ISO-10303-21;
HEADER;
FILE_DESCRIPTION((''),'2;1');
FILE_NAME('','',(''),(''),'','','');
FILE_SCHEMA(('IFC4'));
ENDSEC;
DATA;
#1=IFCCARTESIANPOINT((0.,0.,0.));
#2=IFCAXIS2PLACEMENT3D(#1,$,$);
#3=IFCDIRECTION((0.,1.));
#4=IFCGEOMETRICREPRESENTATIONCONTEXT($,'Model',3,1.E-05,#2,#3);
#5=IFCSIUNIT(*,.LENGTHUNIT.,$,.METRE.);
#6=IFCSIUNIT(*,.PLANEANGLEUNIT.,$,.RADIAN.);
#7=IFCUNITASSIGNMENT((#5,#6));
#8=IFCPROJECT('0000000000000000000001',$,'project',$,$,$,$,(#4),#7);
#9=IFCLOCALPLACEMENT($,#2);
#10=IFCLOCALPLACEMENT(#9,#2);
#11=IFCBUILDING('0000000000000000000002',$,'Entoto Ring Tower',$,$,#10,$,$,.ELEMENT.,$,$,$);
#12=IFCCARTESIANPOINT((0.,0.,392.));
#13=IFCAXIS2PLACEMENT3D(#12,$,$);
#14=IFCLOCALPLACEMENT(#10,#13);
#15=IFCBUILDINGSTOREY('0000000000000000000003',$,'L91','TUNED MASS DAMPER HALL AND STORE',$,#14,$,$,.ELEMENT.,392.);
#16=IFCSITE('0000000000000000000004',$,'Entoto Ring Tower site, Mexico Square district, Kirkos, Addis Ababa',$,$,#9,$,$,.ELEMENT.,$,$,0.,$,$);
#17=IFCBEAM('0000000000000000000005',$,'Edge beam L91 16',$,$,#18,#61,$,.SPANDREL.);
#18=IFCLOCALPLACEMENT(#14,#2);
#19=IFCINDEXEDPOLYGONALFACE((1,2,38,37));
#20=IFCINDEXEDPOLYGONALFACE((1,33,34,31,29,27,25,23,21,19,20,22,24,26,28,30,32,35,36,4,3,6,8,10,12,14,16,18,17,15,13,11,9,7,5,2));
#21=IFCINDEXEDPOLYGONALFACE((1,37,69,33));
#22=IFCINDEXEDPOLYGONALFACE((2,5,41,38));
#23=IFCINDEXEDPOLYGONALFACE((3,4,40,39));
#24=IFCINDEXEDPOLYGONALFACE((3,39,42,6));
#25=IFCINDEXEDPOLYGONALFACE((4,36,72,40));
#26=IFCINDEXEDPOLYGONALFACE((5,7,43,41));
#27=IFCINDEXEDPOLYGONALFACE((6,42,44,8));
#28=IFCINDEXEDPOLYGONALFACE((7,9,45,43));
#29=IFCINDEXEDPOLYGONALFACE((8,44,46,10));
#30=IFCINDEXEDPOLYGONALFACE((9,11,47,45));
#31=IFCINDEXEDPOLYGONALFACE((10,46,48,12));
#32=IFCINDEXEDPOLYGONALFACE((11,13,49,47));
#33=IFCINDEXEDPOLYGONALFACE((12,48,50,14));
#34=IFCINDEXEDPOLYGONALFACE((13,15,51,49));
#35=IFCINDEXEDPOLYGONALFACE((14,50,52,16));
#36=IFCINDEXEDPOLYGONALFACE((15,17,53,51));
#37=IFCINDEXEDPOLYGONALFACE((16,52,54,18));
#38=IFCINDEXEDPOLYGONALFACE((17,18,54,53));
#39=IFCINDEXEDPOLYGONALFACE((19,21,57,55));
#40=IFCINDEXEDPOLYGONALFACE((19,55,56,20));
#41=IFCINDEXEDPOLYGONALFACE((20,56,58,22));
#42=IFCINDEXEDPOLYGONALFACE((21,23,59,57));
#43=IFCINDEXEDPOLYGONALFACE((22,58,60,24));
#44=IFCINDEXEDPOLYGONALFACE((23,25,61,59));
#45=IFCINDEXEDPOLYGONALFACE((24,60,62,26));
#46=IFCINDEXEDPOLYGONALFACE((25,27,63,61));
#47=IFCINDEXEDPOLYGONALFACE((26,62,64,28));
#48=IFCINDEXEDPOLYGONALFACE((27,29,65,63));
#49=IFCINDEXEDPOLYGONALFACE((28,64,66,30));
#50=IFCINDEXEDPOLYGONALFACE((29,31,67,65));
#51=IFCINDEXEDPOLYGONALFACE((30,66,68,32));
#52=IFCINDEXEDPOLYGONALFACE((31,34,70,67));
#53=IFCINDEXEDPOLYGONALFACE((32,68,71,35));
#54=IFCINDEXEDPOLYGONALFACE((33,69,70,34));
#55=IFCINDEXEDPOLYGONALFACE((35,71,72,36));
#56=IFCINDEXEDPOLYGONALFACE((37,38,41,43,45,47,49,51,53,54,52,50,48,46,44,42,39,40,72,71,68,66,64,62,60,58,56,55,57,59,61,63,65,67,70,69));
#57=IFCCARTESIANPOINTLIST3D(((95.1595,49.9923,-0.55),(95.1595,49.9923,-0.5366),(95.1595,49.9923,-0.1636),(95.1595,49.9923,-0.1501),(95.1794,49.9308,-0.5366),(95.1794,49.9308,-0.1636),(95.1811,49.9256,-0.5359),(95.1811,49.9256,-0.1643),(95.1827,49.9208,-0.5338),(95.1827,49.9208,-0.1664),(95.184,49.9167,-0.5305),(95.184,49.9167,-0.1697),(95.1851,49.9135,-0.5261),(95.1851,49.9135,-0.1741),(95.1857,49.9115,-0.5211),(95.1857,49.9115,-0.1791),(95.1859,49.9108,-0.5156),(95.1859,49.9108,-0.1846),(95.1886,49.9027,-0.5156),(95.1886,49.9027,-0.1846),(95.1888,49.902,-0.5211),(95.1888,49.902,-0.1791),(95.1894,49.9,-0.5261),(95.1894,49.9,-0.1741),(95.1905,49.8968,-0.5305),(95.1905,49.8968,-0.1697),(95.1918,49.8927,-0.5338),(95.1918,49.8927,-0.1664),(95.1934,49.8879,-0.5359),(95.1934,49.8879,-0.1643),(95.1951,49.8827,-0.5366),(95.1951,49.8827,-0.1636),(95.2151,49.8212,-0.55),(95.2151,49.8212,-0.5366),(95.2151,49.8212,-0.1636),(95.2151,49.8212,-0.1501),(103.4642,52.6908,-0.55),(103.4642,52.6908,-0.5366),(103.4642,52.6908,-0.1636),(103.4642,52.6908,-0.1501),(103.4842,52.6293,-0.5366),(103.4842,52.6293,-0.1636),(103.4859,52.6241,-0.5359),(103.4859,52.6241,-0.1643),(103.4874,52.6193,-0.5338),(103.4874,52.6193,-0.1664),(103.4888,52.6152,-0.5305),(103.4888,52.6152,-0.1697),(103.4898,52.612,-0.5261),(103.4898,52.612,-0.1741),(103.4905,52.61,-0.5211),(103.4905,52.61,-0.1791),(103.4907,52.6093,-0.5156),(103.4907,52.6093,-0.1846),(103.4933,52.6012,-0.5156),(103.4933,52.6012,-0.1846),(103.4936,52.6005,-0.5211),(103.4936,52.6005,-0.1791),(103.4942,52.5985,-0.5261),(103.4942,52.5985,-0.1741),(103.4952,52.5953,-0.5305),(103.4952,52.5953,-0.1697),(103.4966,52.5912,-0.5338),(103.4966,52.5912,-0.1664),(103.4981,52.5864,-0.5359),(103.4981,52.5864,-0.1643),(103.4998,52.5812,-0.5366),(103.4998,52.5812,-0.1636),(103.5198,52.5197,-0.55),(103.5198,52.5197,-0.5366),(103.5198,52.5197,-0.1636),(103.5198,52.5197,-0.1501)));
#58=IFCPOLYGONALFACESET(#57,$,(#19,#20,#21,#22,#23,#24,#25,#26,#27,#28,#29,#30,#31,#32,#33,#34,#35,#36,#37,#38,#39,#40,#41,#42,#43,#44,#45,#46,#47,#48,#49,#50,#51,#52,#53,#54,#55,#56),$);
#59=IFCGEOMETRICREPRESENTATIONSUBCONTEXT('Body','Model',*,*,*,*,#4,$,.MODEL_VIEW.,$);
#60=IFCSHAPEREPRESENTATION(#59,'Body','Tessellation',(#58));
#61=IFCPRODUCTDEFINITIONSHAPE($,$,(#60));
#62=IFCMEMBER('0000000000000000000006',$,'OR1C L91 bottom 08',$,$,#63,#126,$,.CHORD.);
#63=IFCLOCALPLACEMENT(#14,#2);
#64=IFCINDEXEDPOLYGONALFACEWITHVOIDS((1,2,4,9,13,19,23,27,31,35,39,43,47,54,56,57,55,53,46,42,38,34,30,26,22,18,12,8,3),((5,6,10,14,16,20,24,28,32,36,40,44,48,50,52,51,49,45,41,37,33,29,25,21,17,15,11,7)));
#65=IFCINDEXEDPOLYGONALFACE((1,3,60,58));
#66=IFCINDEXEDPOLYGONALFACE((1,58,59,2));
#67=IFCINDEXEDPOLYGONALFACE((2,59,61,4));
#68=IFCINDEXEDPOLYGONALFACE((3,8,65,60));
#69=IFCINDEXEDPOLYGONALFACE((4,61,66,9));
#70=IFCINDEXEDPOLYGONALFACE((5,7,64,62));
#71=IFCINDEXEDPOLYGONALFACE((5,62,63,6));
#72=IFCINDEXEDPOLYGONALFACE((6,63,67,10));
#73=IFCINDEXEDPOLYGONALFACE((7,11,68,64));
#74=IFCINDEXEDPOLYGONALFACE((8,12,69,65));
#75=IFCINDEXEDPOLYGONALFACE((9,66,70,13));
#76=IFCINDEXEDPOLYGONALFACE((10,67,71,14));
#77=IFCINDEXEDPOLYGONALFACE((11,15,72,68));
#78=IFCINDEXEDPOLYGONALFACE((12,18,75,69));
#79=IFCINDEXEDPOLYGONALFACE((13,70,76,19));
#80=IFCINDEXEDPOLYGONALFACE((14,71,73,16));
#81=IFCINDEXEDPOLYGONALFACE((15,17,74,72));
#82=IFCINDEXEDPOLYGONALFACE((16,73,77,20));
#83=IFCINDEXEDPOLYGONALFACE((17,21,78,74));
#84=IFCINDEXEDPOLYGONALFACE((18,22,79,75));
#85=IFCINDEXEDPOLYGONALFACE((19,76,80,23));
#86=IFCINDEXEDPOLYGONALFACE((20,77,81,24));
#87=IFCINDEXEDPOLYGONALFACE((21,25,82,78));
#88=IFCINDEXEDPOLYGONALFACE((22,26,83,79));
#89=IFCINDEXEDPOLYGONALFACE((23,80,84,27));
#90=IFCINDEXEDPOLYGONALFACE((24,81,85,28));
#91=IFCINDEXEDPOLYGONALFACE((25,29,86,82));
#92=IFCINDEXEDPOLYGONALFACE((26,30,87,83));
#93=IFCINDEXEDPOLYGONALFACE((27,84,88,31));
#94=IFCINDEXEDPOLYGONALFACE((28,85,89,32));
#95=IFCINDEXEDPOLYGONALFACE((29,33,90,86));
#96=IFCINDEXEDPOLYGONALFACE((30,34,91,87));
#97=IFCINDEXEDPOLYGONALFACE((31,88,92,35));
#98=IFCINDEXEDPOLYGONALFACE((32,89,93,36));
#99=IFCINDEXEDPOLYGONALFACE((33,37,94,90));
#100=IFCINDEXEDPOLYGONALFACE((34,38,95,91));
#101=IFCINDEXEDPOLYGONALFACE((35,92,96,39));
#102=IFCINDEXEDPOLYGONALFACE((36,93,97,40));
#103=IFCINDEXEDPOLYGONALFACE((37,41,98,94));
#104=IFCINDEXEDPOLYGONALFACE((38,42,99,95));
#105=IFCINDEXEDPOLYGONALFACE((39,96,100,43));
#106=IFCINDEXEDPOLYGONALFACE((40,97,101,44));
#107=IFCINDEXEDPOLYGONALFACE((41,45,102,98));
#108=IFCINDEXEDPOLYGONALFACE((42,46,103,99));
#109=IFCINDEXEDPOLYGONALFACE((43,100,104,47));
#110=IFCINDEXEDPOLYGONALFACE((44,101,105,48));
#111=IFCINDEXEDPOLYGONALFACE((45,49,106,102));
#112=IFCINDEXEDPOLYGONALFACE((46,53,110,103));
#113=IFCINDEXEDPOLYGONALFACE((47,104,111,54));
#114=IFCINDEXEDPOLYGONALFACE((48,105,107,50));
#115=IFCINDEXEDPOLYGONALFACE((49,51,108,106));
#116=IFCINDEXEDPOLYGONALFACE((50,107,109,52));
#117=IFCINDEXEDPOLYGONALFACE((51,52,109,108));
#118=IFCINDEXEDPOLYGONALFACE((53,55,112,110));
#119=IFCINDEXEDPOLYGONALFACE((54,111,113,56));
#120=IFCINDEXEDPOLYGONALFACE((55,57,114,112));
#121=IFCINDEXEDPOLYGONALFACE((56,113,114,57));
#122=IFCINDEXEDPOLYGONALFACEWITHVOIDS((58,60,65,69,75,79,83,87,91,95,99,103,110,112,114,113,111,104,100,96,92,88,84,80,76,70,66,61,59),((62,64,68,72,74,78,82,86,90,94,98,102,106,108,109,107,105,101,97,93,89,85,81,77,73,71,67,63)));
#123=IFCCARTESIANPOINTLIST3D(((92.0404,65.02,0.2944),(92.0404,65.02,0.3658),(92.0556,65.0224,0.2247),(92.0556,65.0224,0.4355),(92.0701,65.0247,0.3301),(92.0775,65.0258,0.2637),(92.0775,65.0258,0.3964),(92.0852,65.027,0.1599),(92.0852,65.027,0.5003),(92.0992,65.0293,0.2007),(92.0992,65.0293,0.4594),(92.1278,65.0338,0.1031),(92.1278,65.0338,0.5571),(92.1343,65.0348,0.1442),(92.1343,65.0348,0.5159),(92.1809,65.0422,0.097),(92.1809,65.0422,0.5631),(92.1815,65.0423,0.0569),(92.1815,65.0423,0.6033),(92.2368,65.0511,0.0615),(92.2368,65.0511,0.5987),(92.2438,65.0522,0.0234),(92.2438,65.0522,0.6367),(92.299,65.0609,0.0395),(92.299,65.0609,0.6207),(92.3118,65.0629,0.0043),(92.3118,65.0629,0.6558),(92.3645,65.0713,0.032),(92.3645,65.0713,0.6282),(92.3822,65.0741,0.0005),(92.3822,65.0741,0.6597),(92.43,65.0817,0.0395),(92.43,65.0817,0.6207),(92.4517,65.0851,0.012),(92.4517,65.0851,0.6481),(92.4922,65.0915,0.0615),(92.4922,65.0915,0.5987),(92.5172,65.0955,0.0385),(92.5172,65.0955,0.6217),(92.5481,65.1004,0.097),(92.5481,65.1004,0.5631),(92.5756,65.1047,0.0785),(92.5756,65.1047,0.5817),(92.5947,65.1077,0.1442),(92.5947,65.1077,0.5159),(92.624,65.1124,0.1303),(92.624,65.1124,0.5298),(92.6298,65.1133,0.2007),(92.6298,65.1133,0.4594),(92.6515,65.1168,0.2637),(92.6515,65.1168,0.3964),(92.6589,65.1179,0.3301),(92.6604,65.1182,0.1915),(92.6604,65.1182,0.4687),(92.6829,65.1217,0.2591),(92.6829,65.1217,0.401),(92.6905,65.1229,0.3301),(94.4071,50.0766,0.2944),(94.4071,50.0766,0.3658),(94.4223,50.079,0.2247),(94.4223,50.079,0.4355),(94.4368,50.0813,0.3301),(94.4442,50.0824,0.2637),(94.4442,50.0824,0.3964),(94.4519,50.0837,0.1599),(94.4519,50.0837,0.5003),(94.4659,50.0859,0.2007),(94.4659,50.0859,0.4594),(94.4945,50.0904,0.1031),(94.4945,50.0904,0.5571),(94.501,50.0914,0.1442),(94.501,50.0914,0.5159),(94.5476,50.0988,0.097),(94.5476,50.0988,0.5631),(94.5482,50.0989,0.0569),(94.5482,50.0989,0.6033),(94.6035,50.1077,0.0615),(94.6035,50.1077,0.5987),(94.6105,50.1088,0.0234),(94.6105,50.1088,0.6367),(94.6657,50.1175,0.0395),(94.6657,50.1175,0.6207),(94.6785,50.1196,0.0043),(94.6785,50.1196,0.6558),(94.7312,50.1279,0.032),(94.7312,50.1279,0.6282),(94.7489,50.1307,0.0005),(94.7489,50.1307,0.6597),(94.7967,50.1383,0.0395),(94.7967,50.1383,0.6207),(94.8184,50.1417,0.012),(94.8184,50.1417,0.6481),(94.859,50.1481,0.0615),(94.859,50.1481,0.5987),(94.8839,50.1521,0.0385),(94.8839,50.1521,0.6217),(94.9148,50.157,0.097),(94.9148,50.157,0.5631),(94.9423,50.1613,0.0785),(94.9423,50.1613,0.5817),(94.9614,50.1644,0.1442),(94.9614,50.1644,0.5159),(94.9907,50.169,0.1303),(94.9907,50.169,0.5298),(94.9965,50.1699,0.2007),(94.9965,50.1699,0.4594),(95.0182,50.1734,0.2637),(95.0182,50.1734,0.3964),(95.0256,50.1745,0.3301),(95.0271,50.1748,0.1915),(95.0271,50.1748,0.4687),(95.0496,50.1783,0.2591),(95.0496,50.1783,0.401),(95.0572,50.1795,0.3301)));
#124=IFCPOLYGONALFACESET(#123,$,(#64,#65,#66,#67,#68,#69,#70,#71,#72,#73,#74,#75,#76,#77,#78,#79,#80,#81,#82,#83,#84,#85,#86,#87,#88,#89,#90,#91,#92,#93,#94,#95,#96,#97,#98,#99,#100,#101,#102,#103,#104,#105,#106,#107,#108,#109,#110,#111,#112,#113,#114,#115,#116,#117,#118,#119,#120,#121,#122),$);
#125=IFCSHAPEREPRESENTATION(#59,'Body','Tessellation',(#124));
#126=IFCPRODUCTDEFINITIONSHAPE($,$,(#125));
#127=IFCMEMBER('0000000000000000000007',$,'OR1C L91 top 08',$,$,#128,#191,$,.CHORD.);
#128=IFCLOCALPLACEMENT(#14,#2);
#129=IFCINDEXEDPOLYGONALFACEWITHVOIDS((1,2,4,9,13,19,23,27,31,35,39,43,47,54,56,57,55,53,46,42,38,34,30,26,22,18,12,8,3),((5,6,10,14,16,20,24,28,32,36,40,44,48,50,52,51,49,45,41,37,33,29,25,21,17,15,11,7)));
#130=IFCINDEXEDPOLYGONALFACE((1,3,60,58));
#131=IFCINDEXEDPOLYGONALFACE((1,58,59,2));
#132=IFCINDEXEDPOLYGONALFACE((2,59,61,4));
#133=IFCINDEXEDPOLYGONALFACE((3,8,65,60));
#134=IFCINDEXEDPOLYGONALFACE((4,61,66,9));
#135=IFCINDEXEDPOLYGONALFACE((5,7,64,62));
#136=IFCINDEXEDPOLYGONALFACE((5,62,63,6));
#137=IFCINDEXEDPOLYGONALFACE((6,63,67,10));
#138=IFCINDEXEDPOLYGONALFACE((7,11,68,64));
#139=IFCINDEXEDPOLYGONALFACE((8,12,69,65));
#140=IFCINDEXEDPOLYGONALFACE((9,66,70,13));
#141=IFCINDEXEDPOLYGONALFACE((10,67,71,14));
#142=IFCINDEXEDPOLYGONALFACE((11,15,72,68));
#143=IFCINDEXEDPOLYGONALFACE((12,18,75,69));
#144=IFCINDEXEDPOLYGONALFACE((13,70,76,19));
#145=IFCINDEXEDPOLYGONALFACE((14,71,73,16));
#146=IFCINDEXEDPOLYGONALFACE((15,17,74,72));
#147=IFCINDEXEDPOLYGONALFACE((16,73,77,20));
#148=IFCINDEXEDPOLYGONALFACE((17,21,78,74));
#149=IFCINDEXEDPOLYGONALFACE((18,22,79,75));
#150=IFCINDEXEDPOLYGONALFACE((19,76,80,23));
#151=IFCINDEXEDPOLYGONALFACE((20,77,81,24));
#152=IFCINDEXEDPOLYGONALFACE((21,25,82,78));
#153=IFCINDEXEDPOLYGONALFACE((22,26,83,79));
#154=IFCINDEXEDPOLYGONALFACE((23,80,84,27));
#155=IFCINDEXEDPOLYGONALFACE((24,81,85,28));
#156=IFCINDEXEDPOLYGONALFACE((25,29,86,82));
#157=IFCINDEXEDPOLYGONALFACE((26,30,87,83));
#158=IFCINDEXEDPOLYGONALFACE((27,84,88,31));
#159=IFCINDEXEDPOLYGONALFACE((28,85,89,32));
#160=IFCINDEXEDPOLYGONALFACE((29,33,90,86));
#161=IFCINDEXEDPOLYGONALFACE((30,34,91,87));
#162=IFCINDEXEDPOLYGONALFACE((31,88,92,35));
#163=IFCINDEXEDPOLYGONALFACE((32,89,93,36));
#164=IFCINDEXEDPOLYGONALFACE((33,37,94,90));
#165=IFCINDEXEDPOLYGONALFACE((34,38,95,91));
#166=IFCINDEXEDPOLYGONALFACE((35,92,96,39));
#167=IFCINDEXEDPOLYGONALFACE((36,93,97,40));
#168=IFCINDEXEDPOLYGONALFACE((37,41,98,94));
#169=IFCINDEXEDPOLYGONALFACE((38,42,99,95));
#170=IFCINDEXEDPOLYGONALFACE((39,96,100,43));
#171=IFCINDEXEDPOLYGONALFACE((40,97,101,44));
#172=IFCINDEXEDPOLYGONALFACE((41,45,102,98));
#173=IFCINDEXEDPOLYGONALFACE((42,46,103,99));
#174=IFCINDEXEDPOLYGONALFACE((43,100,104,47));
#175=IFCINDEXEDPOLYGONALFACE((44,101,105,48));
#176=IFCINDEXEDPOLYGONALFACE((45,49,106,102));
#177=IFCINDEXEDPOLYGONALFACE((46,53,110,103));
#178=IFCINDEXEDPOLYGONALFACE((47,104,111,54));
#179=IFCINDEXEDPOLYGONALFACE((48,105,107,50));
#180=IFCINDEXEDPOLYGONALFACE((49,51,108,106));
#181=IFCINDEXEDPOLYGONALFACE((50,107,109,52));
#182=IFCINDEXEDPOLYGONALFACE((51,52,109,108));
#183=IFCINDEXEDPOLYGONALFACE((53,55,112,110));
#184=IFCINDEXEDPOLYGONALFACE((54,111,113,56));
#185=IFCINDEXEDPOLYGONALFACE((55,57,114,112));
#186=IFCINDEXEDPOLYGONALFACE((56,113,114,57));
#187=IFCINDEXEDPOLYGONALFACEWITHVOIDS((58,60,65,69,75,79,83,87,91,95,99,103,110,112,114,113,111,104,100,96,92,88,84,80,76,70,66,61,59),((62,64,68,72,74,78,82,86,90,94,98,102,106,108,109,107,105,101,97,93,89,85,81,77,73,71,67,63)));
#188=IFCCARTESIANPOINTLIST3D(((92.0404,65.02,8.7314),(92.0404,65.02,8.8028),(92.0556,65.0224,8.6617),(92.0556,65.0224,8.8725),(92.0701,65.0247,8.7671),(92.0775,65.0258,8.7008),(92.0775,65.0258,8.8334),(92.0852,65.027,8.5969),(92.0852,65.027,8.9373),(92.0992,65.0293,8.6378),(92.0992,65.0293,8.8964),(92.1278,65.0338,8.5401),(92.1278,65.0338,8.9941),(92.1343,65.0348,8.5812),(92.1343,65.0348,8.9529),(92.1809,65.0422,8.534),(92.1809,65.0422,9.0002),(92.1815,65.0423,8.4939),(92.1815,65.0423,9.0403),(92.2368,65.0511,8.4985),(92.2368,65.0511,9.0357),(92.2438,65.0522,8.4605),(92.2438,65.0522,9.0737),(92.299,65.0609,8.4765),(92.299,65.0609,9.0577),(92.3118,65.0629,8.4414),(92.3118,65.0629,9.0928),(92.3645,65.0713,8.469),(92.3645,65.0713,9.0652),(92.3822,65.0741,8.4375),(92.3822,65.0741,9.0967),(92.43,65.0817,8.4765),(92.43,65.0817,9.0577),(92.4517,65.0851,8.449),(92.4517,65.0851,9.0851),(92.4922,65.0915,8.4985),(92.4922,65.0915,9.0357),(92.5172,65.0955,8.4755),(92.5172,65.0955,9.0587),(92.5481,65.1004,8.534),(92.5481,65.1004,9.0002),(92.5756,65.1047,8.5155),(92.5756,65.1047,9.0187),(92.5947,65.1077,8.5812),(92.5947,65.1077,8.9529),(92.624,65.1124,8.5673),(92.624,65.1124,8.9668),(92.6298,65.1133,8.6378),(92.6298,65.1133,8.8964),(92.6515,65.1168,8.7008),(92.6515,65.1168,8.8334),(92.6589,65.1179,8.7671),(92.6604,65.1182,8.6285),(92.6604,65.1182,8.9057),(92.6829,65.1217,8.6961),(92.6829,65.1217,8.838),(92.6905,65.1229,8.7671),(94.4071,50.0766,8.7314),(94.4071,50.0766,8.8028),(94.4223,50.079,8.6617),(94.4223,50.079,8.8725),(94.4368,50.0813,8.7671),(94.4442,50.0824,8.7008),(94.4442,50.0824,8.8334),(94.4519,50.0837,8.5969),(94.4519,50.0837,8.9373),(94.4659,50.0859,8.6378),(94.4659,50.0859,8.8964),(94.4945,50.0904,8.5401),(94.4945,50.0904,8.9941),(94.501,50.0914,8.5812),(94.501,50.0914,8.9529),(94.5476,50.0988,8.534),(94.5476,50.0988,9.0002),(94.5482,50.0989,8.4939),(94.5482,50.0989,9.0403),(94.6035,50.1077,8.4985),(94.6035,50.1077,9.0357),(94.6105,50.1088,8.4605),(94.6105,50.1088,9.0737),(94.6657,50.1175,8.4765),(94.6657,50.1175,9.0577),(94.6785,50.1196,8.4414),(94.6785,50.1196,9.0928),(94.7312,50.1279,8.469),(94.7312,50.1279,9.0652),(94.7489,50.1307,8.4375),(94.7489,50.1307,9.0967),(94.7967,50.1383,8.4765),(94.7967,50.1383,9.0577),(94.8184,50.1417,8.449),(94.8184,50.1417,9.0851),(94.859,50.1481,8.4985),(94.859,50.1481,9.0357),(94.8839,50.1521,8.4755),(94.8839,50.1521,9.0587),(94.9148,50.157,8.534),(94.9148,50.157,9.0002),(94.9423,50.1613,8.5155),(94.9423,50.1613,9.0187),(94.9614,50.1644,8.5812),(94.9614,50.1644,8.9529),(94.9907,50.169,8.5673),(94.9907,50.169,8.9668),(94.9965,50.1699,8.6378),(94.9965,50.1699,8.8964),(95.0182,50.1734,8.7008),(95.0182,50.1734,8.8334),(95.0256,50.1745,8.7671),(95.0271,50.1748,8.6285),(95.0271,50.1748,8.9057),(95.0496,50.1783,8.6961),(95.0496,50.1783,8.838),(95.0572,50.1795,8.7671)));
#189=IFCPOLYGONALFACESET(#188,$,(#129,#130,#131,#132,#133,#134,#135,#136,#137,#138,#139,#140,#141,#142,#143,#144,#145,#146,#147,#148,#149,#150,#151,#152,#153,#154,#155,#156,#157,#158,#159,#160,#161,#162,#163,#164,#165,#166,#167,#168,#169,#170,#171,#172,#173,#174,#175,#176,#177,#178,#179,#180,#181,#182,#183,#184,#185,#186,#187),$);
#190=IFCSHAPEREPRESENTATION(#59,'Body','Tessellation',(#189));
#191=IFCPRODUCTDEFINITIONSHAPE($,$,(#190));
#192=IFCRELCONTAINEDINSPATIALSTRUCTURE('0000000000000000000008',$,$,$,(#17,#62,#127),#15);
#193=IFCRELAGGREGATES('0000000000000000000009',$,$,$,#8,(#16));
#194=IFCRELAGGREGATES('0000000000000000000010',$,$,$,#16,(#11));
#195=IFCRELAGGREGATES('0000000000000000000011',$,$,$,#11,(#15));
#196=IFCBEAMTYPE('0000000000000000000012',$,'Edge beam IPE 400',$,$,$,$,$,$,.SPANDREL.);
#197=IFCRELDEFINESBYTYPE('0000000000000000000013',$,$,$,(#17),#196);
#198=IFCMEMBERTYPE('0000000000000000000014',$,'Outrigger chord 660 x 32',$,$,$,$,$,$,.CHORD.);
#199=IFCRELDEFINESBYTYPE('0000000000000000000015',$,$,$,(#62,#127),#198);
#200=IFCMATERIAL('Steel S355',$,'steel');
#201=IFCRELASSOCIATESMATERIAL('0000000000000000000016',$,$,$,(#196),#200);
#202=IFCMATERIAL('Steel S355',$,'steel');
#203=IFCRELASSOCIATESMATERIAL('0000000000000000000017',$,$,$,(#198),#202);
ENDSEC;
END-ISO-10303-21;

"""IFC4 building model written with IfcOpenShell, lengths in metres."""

from ifc_helpers import new_model, si_unit, direction, frame, origin, origin_2d, place, context, subcontext, project, spatial, circle, hollow_circle, i_section, extrude, material, material_profile, profile_set, type_object, element, save


model = new_model("IFC4")

# Units and contexts
model_context = context("Model", 3, precision=1e-05, world=origin(), true_north=direction((0.0, 1.0)))
body_context = subcontext(model_context, "Body", "Model", "MODEL_VIEW")
ifc_project = project(units=[si_unit("LENGTHUNIT", "METRE"), si_unit("PLANEANGLEUNIT", "RADIAN")], contexts=[model_context])

# Site, building, storey
site_placement = place(None, origin())
site = spatial("IfcSite", under=ifc_project, at=site_placement, Name="Entoto Ring Tower site, Mexico Square district, Kirkos, Addis Ababa", CompositionType="ELEMENT", RefElevation=0.0)
building_placement = place(site_placement, origin())
building = spatial("IfcBuilding", under=site, at=building_placement, Name="Entoto Ring Tower", CompositionType="ELEMENT")
storey_placement = place(building_placement, frame((0.0, 0.0, 392.0)))
storey = spatial("IfcBuildingStorey", under=building, at=storey_placement, Name="L91", Description="TUNED MASS DAMPER HALL AND STORE", CompositionType="ELEMENT", Elevation=392.0)

# Beam
ifc_material_1 = material(Name="Steel S355", Category="steel")
ifc_material_profile_1 = material_profile(ifc_material_1, i_section(OverallWidth=0.1799, OverallDepth=0.3999, WebThickness=0.0085, FlangeThickness=0.0134, FilletRadius=0.021, at=origin_2d()), Name="IPE 400")
ifc_profile_set_1 = profile_set([ifc_material_profile_1], Name="Steel S355")
beam_type_1 = type_object("IfcBeamType", Name="Edge beam IPE 400", PredefinedType="SPANDREL", material=ifc_profile_set_1)
beam_1_placement = place(storey_placement, frame((95.1873, 49.9067, -0.3501), z_axis=(0.951052, 0.30903, 0.0), x_axis=(-0.30903, 0.951052, 0.0)))
element("IfcBeam", 1, at=beam_1_placement, inside=storey, type_object=beam_type_1, Name="Edge beam L91 16", PredefinedType="SPANDREL", context=body_context, shape_type="SweptSolid", body=[
    extrude(i_section(OverallWidth=0.1799, OverallDepth=0.3999, WebThickness=0.0085, FlangeThickness=0.0134, FilletRadius=0.021, at=origin_2d()), origin(), (0.0, 0.0, 1.0), 8.7322),
])

# Members
ifc_material_2 = material(Name="Steel S355", Category="steel")
ifc_material_profile_2 = material_profile(ifc_material_2, hollow_circle(Radius=0.3301, WallThickness=0.032, at=origin_2d()), Name="CHS 660 x 32")
ifc_material_3 = material(Name="Concrete C60/75", Category="concrete")
ifc_material_profile_3 = material_profile(ifc_material_3, circle(Radius=0.2981, at=origin_2d()), Name="Concrete C60/75 infill")
ifc_profile_set_2 = profile_set([ifc_material_profile_2, ifc_material_profile_3], Name="Steel S355")
member_type_1 = type_object("IfcMemberType", Name="Outrigger chord 660 x 32", PredefinedType="CHORD", material=ifc_profile_set_2)
for number, where, z_axis, x_axis, name in (
    (2, (92.3645, 65.0713, 0.3301), (0.156428, -0.987689, 0.0), (0.987689, 0.156428, 0.0), "OR1C L91 bottom 08"),
    (3, (92.3645, 65.0713, 8.7671), (0.156428, -0.987689, 0.0), (0.987689, 0.156428, 0.0), "OR1C L91 top 08"),
):
    element("IfcMember", number, at=place(storey_placement, frame(where, z_axis=z_axis, x_axis=x_axis)), inside=storey, type_object=member_type_1, Name=name, PredefinedType="CHORD", context=body_context, shape_type="SweptSolid", body=[
        extrude(hollow_circle(Radius=0.3301, WallThickness=0.032, at=origin_2d()), origin(), (0.0, 0.0, 1.0), 15.1296),
    ])

save(model, "model.ifc")
